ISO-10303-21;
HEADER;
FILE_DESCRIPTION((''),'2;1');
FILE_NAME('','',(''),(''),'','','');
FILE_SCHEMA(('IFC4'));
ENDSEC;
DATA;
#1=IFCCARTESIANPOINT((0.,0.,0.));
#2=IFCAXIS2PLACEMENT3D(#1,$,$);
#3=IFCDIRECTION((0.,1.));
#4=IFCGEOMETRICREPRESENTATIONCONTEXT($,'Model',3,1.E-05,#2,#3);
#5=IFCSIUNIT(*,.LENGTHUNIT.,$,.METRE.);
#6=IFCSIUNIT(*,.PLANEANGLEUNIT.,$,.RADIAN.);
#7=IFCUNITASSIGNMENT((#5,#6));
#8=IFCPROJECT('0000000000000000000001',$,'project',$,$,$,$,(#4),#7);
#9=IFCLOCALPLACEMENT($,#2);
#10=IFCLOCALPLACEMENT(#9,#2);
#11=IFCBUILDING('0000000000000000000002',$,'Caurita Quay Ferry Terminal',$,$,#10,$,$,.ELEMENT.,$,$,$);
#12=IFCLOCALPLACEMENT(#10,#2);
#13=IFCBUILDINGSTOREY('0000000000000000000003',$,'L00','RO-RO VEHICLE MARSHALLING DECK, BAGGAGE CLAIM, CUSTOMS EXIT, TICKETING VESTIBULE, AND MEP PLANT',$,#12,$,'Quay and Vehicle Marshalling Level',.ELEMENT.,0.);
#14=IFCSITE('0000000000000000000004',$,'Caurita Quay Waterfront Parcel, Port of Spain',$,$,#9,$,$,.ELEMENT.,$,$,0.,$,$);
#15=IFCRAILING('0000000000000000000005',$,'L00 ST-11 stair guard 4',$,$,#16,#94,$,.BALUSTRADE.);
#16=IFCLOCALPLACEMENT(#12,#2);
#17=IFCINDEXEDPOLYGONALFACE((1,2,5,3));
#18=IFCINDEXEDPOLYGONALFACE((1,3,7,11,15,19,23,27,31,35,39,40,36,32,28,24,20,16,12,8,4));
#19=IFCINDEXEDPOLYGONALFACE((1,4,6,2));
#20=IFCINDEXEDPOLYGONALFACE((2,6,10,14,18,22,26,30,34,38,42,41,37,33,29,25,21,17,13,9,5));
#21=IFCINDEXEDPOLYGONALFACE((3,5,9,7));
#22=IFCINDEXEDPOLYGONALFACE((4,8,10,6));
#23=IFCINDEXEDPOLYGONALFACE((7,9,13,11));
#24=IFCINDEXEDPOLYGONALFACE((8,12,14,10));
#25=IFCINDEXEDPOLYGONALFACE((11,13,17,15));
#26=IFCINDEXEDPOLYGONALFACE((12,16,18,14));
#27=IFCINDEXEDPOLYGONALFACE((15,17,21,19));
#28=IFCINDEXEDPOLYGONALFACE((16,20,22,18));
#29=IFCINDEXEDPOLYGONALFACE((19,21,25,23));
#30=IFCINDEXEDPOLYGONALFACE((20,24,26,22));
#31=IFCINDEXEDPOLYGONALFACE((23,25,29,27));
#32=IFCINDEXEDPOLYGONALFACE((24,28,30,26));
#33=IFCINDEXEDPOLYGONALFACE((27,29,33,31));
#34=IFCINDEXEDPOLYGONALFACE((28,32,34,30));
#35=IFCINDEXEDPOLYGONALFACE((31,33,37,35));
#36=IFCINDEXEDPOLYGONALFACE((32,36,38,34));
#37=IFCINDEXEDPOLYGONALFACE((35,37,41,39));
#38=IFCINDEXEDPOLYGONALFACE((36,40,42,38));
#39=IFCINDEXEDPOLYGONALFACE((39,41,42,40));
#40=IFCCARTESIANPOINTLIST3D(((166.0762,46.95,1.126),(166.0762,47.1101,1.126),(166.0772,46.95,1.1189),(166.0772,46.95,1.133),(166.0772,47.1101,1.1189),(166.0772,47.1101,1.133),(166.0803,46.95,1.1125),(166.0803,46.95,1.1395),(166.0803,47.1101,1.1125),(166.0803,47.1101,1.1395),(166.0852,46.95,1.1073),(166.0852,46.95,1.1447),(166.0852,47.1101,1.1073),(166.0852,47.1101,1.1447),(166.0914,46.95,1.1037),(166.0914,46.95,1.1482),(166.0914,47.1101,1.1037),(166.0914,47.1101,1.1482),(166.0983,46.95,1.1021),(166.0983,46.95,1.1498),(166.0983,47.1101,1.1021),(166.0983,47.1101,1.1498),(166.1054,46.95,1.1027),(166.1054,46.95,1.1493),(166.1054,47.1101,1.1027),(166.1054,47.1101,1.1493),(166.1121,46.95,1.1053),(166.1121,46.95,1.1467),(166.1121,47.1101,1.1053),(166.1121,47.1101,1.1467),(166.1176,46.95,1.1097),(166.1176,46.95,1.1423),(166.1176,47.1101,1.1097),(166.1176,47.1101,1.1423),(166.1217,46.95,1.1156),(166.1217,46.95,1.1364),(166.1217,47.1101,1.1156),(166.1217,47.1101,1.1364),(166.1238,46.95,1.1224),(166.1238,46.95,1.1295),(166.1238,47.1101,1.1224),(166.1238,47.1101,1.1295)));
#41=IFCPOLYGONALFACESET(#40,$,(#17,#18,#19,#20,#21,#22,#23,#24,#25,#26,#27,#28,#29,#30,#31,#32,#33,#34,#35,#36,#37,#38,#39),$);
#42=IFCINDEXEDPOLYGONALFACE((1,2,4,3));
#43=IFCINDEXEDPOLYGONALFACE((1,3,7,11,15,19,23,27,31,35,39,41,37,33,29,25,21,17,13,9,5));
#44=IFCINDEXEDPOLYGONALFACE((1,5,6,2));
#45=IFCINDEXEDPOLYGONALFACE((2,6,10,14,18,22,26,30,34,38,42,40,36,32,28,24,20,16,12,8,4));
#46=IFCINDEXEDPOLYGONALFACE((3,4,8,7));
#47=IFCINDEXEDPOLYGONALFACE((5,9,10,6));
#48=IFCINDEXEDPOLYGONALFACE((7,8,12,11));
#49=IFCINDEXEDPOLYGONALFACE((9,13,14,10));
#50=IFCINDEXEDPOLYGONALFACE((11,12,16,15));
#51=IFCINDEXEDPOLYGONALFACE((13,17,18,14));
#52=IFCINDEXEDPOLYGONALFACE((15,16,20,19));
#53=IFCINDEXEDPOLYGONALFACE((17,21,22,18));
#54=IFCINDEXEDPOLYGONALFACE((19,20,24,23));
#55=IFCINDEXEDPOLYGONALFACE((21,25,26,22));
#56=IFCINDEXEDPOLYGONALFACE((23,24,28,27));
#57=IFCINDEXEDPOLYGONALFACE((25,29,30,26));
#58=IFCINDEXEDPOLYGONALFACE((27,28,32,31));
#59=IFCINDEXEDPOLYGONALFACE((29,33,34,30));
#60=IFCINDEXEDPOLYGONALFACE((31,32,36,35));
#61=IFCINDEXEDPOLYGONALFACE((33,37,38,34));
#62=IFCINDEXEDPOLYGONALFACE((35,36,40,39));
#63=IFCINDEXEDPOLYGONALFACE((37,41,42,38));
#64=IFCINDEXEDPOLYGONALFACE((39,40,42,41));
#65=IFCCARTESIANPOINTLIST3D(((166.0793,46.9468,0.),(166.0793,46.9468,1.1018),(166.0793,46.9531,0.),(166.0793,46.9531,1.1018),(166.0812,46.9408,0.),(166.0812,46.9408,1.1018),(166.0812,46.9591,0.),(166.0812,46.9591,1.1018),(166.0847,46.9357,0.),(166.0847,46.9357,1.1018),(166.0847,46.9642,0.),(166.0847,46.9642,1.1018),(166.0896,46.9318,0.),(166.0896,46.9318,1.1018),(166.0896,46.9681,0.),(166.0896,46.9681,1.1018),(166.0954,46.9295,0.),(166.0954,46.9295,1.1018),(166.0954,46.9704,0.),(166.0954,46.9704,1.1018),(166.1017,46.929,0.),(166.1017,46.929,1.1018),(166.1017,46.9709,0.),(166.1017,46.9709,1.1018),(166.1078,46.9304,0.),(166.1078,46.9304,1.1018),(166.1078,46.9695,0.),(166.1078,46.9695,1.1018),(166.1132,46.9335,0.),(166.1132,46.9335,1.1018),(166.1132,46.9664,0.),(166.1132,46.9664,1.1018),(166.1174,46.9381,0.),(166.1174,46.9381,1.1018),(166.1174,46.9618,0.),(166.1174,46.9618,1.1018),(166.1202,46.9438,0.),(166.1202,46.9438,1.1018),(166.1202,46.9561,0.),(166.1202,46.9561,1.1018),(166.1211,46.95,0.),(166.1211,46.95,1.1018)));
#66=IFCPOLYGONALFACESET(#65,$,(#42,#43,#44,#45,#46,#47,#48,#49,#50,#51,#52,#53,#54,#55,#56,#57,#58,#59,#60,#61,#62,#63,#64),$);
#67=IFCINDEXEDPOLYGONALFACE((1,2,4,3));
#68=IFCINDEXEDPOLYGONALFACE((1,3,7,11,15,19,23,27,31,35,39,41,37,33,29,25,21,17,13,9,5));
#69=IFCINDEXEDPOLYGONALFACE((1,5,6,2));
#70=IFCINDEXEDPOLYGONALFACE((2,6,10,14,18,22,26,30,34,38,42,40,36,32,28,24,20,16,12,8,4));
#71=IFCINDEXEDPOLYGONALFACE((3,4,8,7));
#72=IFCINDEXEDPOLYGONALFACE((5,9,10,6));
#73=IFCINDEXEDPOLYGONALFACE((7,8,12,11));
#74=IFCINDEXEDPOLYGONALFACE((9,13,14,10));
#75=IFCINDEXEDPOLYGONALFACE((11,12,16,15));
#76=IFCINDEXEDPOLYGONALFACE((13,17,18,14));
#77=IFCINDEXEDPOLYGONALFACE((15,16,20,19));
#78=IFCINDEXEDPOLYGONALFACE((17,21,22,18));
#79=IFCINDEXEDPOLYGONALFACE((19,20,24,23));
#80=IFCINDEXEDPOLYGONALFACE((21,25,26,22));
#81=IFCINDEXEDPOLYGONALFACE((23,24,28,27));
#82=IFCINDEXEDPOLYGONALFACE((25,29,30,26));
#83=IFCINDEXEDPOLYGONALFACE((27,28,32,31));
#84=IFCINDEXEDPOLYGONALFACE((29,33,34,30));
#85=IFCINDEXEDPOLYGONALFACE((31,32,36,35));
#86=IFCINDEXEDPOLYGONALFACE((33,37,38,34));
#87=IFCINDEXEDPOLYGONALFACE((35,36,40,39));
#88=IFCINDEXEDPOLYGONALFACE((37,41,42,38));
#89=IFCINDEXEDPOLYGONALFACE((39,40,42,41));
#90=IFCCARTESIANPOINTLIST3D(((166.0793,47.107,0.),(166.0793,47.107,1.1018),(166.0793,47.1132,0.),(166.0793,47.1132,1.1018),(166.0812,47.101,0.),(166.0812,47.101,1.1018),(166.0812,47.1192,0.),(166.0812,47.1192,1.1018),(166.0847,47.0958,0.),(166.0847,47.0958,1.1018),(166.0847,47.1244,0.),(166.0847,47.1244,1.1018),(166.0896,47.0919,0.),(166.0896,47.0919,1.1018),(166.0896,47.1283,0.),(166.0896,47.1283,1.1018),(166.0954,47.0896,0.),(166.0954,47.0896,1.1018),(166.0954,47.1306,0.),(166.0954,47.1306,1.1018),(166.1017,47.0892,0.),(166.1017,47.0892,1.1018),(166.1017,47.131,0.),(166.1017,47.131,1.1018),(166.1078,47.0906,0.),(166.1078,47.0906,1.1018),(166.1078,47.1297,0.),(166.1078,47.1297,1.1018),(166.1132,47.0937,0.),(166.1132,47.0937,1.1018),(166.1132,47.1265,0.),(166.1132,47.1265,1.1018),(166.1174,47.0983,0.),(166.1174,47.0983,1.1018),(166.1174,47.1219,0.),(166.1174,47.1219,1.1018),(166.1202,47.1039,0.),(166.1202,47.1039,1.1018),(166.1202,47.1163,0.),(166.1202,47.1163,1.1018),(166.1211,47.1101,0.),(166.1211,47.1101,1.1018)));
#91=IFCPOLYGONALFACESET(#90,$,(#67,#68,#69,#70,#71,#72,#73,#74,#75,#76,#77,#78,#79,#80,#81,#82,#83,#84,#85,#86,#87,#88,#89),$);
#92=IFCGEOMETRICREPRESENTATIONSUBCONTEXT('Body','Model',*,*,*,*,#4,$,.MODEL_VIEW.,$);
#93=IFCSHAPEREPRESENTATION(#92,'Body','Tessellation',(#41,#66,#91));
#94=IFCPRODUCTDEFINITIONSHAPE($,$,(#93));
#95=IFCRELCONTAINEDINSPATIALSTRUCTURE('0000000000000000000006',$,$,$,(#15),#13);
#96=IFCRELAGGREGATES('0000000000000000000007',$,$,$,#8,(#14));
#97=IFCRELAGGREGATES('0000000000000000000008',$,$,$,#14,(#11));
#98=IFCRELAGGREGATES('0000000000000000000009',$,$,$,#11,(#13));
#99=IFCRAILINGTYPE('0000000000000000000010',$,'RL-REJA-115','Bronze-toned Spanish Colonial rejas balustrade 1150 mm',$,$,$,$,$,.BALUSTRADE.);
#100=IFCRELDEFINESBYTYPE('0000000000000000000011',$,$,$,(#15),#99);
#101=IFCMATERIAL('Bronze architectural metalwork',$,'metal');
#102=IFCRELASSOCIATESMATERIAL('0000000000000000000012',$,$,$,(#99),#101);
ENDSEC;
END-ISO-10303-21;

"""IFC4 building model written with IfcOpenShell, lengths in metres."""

from ifc_helpers import new_model, si_unit, direction, frame, origin, origin_2d, place, context, subcontext, project, spatial, circle, extrude, material, type_object, element, save


model = new_model("IFC4")

# Units and contexts
model_context = context("Model", 3, precision=1e-05, world=origin(), true_north=direction((0.0, 1.0)))
body_context = subcontext(model_context, "Body", "Model", "MODEL_VIEW")
ifc_project = project(units=[si_unit("LENGTHUNIT", "METRE"), si_unit("PLANEANGLEUNIT", "RADIAN")], contexts=[model_context])

# Site, building, storey
site_placement = place(None, origin())
site = spatial("IfcSite", under=ifc_project, at=site_placement, Name="Caurita Quay Waterfront Parcel, Port of Spain", CompositionType="ELEMENT", RefElevation=0.0)
building_placement = place(site_placement, origin())
building = spatial("IfcBuilding", under=site, at=building_placement, Name="Caurita Quay Ferry Terminal", CompositionType="ELEMENT")
storey_placement = place(building_placement, origin())
storey = spatial("IfcBuildingStorey", under=building, at=storey_placement, Name="L00", Description="RO-RO VEHICLE MARSHALLING DECK, BAGGAGE CLAIM, CUSTOMS EXIT, TICKETING VESTIBULE, AND MEP PLANT", LongName="Quay and Vehicle Marshalling Level", CompositionType="ELEMENT", Elevation=0.0)

# Railing
ifc_material_1 = material(Name="Bronze architectural metalwork", Category="metal")
railing_type_1 = type_object("IfcRailingType", Name="RL-REJA-115", Description="Bronze-toned Spanish Colonial rejas balustrade 1150 mm", PredefinedType="BALUSTRADE", material=ifc_material_1)
railing_1_placement = place(storey_placement, frame((166.1001, 46.95, 0.0)))
element("IfcRailing", 1, at=railing_1_placement, inside=storey, type_object=railing_type_1, Name="L00 ST-11 stair guard 4", PredefinedType="BALUSTRADE", context=body_context, shape_type="SweptSolid", body=[
    extrude(circle(Radius=0.0239, at=origin_2d()), frame((0.0, 0.0, 1.126), z_axis=(0.0, 1.0, 0.0), x_axis=(-1.0, 0.0, 0.0)), (0.0, 0.0, 1.0), 0.1602),
    extrude(circle(Radius=0.021, at=origin_2d()), origin(), (0.0, 0.0, 1.0), 1.1018),
    extrude(circle(Radius=0.021, at=origin_2d()), frame((0.0, 0.1602, 0.0)), (0.0, 0.0, 1.0), 1.1018),
])

save(model, "model.ifc")
